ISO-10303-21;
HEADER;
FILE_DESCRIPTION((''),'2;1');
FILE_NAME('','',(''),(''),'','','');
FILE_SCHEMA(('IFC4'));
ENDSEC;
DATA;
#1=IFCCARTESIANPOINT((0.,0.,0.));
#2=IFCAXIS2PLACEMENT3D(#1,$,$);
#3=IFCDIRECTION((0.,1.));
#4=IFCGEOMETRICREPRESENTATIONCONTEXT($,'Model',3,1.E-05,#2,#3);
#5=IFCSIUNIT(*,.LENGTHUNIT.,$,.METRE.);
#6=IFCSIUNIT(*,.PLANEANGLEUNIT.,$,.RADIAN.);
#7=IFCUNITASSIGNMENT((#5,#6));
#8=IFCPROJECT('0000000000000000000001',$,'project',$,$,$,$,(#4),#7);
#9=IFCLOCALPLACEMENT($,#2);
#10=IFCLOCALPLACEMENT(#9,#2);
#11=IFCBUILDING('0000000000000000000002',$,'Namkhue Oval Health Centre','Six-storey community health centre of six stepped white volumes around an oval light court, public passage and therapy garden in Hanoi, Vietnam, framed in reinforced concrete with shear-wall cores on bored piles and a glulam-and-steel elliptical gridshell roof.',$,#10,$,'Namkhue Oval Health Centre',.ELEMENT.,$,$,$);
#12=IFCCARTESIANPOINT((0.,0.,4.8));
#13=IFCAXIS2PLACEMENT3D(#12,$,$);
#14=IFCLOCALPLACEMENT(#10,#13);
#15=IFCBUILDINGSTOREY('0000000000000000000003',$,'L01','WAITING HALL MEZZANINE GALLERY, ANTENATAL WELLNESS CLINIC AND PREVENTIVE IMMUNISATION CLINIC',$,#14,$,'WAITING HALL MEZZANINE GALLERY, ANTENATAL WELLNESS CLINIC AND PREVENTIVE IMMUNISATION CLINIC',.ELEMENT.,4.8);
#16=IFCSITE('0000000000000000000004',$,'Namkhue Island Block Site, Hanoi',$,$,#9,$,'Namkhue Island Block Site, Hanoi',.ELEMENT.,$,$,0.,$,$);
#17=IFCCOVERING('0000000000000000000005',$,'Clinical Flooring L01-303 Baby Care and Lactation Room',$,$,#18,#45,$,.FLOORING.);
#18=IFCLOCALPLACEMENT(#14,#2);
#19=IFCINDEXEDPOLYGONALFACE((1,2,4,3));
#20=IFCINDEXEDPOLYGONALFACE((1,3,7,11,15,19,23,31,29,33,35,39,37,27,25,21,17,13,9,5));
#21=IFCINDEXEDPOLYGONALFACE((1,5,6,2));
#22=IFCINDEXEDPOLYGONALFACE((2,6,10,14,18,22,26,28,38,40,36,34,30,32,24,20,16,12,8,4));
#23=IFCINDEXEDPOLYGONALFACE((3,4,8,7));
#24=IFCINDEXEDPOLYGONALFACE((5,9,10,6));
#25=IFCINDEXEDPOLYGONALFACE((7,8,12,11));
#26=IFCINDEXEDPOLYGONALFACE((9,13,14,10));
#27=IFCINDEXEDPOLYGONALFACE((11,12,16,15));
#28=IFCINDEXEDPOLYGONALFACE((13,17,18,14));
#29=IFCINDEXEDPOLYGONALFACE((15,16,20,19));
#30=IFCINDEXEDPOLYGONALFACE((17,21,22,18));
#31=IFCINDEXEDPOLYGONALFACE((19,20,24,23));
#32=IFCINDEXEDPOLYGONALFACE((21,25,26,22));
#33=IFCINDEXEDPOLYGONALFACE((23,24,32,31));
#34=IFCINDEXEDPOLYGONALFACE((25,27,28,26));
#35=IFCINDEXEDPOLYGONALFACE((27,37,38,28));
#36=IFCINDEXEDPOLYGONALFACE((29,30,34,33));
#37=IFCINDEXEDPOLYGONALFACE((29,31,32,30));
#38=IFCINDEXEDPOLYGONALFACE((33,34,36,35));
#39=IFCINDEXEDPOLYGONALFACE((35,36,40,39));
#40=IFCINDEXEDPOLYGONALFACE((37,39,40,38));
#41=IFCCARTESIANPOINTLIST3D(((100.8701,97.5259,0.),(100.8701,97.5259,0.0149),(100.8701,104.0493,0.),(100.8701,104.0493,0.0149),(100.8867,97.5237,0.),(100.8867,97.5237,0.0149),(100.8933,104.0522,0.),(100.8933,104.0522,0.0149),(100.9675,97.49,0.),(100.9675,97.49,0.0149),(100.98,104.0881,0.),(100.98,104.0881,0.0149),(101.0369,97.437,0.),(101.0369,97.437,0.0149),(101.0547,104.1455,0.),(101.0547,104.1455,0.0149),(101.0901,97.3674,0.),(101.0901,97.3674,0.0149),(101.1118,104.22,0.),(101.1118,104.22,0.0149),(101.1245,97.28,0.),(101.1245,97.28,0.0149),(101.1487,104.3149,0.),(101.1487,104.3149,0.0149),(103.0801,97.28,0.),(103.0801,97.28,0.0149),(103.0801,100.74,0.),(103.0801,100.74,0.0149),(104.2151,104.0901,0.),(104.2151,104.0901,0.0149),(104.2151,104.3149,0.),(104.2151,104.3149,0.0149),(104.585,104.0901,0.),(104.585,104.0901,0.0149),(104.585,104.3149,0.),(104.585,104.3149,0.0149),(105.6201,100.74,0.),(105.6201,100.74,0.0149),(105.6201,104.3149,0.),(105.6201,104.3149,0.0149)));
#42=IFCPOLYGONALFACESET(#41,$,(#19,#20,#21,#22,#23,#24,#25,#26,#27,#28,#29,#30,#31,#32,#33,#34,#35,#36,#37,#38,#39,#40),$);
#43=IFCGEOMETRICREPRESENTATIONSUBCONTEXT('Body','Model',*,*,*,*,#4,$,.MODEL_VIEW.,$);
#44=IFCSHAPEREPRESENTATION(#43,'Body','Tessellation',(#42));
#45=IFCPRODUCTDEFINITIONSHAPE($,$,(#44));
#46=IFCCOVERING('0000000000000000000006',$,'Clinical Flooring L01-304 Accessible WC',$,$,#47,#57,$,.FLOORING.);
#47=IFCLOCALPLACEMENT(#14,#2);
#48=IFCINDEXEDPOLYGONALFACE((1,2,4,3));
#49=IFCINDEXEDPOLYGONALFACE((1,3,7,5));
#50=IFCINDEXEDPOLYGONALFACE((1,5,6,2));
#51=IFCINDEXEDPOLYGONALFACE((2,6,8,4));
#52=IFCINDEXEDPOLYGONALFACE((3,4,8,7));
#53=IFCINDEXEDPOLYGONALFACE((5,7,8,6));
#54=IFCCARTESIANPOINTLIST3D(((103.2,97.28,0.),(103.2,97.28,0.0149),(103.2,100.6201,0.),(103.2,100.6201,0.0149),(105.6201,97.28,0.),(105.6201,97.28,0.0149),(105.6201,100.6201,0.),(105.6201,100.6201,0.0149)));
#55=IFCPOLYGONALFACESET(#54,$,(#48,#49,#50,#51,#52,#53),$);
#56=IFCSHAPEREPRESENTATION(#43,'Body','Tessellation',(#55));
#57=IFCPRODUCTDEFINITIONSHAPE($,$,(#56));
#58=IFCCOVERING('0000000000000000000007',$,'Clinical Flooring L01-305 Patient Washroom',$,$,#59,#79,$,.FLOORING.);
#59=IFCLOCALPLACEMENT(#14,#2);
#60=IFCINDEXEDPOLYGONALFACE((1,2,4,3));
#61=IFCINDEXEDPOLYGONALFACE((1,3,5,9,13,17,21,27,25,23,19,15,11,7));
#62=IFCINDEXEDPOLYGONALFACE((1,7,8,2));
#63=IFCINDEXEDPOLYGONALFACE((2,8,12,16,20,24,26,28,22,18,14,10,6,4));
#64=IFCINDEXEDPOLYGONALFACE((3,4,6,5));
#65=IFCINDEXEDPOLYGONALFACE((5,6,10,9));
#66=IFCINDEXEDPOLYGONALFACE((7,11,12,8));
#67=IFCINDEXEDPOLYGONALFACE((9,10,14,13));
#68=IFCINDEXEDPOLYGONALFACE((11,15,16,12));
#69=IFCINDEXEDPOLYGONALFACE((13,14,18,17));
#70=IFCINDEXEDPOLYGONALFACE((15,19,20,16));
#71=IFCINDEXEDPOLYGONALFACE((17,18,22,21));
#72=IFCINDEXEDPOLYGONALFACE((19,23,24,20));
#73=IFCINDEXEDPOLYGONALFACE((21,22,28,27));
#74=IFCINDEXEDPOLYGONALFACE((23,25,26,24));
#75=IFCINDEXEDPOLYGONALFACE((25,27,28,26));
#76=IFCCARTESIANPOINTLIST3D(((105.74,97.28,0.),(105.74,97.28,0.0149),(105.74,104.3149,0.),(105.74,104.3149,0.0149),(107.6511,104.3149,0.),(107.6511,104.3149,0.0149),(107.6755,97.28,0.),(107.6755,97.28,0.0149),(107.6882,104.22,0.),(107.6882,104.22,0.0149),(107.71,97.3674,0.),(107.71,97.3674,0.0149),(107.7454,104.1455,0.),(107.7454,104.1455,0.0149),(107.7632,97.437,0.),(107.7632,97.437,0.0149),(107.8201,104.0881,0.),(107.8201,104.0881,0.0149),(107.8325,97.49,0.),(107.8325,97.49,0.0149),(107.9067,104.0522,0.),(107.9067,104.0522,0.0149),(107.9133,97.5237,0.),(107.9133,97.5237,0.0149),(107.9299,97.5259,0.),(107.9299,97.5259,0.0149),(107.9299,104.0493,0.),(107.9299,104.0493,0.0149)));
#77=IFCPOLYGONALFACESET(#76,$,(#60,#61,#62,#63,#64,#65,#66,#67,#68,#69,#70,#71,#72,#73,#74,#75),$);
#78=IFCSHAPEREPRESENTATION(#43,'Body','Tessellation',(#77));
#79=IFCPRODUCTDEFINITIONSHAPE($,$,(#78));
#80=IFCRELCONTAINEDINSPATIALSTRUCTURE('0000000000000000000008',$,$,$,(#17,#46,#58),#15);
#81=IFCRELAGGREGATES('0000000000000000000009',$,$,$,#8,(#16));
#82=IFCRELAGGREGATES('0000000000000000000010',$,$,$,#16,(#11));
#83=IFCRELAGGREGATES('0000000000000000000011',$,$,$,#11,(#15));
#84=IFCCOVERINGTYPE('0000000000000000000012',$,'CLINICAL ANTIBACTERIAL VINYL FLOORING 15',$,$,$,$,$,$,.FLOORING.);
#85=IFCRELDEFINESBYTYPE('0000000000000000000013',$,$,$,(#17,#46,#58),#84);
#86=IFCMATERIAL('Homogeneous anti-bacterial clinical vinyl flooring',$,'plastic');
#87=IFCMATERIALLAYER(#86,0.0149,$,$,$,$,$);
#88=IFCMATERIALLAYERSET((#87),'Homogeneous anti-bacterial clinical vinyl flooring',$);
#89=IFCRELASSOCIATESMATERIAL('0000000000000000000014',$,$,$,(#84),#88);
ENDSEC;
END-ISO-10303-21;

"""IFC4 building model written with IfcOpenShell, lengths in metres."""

from ifc_helpers import new_model, si_unit, direction, frame, origin, place, context, subcontext, project, spatial, polyline, outline, extrude, material, layer, layer_set, type_object, element, save


model = new_model("IFC4")

# Units and contexts
model_context = context("Model", 3, precision=1e-05, world=origin(), true_north=direction((0.0, 1.0)))
body_context = subcontext(model_context, "Body", "Model", "MODEL_VIEW")
ifc_project = project(units=[si_unit("LENGTHUNIT", "METRE"), si_unit("PLANEANGLEUNIT", "RADIAN")], contexts=[model_context])

# Site, building, storey
site_placement = place(None, origin())
site = spatial("IfcSite", under=ifc_project, at=site_placement, Name="Namkhue Island Block Site, Hanoi", LongName="Namkhue Island Block Site, Hanoi", CompositionType="ELEMENT", RefElevation=0.0)
building_placement = place(site_placement, origin())
building = spatial("IfcBuilding", under=site, at=building_placement, Name="Namkhue Oval Health Centre", Description="Six-storey community health centre of six stepped white volumes around an oval light court, public passage and therapy garden in Hanoi, Vietnam, framed in reinforced concrete with shear-wall cores on bored piles and a glulam-and-steel elliptical gridshell roof.", LongName="Namkhue Oval Health Centre", CompositionType="ELEMENT")
storey_placement = place(building_placement, frame((0.0, 0.0, 4.8)))
storey = spatial("IfcBuildingStorey", under=building, at=storey_placement, Name="L01", Description="WAITING HALL MEZZANINE GALLERY, ANTENATAL WELLNESS CLINIC AND PREVENTIVE IMMUNISATION CLINIC", LongName="WAITING HALL MEZZANINE GALLERY, ANTENATAL WELLNESS CLINIC AND PREVENTIVE IMMUNISATION CLINIC", CompositionType="ELEMENT", Elevation=4.8)

# Coverings
ifc_material = material(Name="Homogeneous anti-bacterial clinical vinyl flooring", Category="plastic")
ifc_layer = layer(ifc_material, 0.0149)
ifc_layer_set = layer_set([ifc_layer], Name="Homogeneous anti-bacterial clinical vinyl flooring")
covering_type = type_object("IfcCoveringType", Name="CLINICAL ANTIBACTERIAL VINYL FLOORING 15", PredefinedType="FLOORING", material=ifc_layer_set)
covering_1_placement = place(storey_placement, origin())
element("IfcCovering", 1, at=covering_1_placement, inside=storey, type_object=covering_type, Name="Clinical Flooring L01-303 Baby Care and Lactation Room", PredefinedType="FLOORING", context=body_context, shape_type="SweptSolid", body=[
    extrude(outline(polyline([(104.2151, 104.3149), (104.2151, 104.0901), (104.585, 104.0901), (104.585, 104.3149), (105.6201, 104.3149), (105.6201, 100.74), (103.0801, 100.74), (103.0801, 97.28), (101.1245, 97.28), (101.0901, 97.3674), (101.0369, 97.437), (100.9675, 97.49), (100.8867, 97.5237), (100.8701, 97.5259), (100.8701, 104.0493), (100.8933, 104.0522), (100.98, 104.0881), (101.0547, 104.1455), (101.1118, 104.22), (101.1487, 104.3149), (104.2151, 104.3149)])), origin(), (0.0, 0.0, 1.0), 0.0149),
])
covering_2_placement = place(storey_placement, origin())
element("IfcCovering", 2, at=covering_2_placement, inside=storey, type_object=covering_type, Name="Clinical Flooring L01-304 Accessible WC", PredefinedType="FLOORING", context=body_context, shape_type="SweptSolid", body=[
    extrude(outline(polyline([(105.6201, 100.6201), (105.6201, 97.28), (103.2, 97.28), (103.2, 100.6201), (105.6201, 100.6201)])), origin(), (0.0, 0.0, 1.0), 0.0149),
])
covering_3_placement = place(storey_placement, origin())
element("IfcCovering", 3, at=covering_3_placement, inside=storey, type_object=covering_type, Name="Clinical Flooring L01-305 Patient Washroom", PredefinedType="FLOORING", context=body_context, shape_type="SweptSolid", body=[
    extrude(outline(polyline([(105.74, 97.28), (105.74, 104.3149), (107.6511, 104.3149), (107.6882, 104.22), (107.7454, 104.1455), (107.8201, 104.0881), (107.9067, 104.0522), (107.9299, 104.0493), (107.9299, 97.5259), (107.9133, 97.5237), (107.8325, 97.49), (107.7632, 97.437), (107.71, 97.3674), (107.6755, 97.28), (105.74, 97.28)])), origin(), (0.0, 0.0, 1.0), 0.0149),
])

save(model, "model.ifc")
